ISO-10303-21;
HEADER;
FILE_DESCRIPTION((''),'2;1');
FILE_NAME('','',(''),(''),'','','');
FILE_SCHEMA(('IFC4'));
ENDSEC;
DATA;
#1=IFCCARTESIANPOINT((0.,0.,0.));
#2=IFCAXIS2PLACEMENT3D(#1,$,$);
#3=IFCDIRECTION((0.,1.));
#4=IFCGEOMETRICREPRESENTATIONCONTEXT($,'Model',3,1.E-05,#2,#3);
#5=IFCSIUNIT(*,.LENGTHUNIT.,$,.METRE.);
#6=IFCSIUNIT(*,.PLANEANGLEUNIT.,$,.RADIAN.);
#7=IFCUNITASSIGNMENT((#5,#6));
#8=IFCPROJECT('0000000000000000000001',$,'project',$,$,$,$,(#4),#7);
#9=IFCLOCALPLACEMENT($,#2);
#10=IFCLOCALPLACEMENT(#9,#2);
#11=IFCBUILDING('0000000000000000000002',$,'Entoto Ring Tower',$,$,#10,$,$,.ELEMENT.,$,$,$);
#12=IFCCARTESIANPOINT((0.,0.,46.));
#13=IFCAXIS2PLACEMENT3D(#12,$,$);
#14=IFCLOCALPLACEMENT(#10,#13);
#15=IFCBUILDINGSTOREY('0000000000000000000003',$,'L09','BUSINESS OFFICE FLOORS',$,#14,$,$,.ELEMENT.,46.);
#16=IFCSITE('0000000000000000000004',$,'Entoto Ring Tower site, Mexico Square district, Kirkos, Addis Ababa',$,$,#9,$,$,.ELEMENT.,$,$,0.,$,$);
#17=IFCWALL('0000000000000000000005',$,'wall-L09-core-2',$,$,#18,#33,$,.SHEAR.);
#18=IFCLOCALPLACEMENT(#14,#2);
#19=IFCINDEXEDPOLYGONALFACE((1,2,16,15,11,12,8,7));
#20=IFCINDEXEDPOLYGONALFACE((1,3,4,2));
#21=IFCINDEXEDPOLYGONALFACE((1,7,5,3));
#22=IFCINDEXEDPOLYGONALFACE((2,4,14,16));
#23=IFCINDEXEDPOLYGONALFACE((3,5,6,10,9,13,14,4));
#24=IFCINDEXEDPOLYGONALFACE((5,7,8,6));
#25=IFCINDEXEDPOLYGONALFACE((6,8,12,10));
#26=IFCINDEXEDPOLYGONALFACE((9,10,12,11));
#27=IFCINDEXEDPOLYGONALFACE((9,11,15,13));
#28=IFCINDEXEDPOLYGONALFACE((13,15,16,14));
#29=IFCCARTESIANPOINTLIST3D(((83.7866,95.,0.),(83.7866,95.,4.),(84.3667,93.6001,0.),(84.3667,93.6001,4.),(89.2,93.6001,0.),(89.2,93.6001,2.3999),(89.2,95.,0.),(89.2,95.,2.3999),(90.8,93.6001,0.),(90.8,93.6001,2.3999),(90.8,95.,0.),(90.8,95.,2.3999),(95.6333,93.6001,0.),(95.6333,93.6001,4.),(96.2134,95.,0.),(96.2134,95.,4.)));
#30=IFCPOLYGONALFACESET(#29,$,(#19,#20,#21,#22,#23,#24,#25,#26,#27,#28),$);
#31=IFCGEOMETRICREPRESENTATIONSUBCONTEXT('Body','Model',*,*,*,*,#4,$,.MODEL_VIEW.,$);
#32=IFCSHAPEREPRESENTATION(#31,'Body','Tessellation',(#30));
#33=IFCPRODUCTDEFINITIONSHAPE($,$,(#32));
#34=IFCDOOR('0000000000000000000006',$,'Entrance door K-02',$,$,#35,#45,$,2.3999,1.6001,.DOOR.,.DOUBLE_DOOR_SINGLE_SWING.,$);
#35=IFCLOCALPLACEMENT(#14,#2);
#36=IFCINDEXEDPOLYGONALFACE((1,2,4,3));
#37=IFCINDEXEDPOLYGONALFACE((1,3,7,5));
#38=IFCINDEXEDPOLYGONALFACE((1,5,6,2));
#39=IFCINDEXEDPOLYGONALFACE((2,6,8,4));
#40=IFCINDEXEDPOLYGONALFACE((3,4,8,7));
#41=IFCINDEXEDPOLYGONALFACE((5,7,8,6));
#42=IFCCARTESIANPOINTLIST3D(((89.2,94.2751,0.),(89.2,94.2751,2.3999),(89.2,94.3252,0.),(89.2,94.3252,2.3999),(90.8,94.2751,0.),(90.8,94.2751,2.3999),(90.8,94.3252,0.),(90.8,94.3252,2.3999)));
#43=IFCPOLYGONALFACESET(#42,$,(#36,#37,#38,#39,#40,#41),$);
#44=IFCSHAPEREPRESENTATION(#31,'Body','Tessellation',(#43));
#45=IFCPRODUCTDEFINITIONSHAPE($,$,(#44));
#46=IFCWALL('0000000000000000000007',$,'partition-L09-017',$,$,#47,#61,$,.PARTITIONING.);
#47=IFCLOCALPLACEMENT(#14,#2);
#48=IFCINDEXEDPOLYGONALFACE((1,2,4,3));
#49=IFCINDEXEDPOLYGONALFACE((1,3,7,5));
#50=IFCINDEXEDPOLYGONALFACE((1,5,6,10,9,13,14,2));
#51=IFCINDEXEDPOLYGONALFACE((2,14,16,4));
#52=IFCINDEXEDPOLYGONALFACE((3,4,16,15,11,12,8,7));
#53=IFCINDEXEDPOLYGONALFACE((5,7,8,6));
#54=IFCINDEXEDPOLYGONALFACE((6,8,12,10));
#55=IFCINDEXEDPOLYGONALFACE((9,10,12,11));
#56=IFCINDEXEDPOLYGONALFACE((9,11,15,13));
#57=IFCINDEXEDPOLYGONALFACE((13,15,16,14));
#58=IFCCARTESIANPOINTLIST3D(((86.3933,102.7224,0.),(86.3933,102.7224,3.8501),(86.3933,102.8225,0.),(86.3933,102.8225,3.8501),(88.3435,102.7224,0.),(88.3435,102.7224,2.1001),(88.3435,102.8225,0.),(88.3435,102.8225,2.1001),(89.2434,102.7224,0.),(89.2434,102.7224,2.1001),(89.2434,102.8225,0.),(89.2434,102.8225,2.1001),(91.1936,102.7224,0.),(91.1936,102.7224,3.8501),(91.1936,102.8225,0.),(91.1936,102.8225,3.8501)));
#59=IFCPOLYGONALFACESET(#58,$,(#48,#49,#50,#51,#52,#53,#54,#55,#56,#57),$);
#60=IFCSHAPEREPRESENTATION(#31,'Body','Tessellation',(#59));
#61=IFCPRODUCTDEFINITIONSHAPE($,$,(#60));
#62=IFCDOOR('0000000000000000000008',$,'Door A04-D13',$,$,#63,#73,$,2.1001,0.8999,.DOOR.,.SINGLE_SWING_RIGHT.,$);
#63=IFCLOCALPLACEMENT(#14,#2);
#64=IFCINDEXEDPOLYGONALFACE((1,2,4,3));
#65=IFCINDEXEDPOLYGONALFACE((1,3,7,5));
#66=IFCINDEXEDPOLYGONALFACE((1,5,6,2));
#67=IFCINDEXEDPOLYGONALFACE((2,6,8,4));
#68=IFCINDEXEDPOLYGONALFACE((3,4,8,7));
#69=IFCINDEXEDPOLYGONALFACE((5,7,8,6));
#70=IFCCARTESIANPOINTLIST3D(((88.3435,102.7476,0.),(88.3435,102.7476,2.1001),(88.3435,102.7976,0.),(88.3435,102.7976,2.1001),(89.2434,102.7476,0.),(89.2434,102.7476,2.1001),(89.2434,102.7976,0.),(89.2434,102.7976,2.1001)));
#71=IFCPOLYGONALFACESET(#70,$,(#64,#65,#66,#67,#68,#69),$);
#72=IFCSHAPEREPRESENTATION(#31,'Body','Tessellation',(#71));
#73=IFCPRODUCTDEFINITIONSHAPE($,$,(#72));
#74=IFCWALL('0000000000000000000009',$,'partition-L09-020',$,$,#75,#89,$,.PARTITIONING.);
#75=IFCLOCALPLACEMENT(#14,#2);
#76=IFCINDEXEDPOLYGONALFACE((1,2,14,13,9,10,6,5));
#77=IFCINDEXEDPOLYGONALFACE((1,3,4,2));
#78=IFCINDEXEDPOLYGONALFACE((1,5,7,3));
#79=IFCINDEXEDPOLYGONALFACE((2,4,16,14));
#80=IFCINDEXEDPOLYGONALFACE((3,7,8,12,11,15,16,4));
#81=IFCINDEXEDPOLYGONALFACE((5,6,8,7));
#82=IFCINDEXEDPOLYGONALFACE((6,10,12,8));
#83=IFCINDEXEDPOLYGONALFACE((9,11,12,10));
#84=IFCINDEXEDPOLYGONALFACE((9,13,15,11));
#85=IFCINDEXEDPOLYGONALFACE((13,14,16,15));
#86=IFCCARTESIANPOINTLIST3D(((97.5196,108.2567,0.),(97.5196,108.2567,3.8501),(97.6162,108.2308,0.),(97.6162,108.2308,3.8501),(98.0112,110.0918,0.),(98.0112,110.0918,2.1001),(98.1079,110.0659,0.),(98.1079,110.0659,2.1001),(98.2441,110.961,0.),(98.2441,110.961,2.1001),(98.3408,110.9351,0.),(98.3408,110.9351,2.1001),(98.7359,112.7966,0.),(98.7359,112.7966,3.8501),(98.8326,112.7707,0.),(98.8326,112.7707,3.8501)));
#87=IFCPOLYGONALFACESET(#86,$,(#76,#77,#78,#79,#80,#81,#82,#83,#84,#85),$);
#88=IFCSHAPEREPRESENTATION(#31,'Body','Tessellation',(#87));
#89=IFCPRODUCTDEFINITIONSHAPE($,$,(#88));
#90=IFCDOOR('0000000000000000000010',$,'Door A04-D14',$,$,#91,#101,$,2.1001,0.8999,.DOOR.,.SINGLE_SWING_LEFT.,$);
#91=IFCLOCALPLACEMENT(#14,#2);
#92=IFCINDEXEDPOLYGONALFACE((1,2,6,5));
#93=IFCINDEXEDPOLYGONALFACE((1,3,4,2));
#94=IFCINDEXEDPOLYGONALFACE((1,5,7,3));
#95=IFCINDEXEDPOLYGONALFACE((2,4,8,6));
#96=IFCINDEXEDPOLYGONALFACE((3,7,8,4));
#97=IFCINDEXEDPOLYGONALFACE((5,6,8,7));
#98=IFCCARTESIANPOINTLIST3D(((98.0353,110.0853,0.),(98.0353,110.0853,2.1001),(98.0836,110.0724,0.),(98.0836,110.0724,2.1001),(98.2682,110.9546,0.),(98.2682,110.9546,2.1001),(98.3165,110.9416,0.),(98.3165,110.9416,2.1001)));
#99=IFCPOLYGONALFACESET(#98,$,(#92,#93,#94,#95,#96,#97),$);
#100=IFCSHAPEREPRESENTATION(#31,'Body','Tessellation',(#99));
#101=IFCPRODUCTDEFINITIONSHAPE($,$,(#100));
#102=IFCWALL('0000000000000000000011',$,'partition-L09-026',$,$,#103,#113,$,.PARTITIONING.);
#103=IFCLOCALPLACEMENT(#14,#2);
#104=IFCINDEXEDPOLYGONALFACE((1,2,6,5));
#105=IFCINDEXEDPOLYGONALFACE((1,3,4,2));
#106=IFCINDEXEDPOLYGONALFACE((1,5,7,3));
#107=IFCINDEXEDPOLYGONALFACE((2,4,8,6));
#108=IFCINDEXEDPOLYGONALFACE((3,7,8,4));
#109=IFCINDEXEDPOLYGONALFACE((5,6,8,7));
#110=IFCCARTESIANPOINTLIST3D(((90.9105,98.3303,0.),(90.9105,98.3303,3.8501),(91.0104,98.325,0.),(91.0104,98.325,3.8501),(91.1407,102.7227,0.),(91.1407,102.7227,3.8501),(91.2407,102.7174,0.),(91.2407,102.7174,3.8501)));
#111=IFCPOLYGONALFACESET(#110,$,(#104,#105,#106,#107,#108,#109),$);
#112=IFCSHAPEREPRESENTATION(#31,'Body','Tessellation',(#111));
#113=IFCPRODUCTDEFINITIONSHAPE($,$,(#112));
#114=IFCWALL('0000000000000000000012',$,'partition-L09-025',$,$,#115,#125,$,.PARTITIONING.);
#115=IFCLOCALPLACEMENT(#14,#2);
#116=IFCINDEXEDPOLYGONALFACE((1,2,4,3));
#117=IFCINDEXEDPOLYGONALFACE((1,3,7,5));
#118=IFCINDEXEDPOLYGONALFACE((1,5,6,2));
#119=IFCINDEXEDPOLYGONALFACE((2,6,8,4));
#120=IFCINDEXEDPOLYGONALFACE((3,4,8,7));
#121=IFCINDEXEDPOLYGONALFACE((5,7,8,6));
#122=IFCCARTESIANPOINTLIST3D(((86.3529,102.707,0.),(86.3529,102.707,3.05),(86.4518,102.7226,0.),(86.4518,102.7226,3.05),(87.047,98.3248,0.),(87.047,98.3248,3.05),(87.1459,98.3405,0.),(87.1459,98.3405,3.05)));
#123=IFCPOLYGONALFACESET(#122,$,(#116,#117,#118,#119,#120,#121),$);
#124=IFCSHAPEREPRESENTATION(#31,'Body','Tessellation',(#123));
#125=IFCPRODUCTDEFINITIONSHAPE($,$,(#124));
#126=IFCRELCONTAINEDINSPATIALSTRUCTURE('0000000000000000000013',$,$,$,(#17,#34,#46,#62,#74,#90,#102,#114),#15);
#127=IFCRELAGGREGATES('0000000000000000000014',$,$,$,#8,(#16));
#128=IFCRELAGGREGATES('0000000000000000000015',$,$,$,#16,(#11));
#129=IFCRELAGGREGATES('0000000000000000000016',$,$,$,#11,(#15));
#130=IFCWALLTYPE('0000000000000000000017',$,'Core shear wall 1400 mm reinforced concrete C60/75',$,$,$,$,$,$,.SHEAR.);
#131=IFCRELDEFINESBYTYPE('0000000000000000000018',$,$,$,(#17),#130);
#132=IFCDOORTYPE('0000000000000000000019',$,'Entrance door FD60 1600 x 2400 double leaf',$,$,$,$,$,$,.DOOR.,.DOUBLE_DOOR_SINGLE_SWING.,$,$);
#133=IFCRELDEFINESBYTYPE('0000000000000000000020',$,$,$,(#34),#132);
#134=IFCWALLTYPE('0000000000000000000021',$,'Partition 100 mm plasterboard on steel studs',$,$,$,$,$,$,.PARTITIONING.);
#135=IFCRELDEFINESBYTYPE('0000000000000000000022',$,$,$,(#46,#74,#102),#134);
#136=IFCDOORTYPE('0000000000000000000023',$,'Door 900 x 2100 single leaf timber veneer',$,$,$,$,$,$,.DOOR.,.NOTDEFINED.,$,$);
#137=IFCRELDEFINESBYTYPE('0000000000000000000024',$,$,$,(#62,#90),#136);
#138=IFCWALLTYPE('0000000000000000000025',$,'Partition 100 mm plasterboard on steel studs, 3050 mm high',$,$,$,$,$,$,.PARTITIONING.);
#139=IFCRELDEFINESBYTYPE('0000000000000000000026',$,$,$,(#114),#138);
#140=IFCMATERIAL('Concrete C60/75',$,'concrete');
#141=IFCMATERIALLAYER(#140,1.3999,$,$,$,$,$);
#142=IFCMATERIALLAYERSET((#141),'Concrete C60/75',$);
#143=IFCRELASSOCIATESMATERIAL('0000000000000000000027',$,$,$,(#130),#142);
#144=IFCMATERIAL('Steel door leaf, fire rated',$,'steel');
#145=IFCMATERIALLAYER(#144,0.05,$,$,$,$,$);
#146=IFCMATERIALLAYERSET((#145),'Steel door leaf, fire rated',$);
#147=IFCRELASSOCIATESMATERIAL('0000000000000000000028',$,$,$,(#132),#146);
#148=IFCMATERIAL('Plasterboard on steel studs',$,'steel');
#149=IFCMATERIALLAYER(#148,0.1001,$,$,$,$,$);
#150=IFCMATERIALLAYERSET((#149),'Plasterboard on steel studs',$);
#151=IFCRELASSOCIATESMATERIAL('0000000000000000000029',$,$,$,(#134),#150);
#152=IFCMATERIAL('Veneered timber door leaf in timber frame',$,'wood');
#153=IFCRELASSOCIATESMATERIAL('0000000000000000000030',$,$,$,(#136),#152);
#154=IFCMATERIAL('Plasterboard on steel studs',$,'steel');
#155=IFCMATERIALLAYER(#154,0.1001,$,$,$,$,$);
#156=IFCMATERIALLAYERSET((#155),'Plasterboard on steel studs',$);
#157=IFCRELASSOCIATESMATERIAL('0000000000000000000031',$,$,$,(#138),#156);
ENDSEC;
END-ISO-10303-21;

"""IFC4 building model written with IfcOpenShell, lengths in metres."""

from ifc_helpers import new_model, si_unit, direction, frame, frame_2d, origin, place, context, subcontext, project, spatial, polyline, rectangle, outline, extrude, material, layer, layer_set, type_object, element, fill, save


model = new_model("IFC4")

# Units and contexts
model_context = context("Model", 3, precision=1e-05, world=origin(), true_north=direction((0.0, 1.0)))
body_context = subcontext(model_context, "Body", "Model", "MODEL_VIEW")
ifc_project = project(units=[si_unit("LENGTHUNIT", "METRE"), si_unit("PLANEANGLEUNIT", "RADIAN")], contexts=[model_context])

# Site, building, storey
site_placement = place(None, origin())
site = spatial("IfcSite", under=ifc_project, at=site_placement, Name="Entoto Ring Tower site, Mexico Square district, Kirkos, Addis Ababa", CompositionType="ELEMENT", RefElevation=0.0)
building_placement = place(site_placement, origin())
building = spatial("IfcBuilding", under=site, at=building_placement, Name="Entoto Ring Tower", CompositionType="ELEMENT")
storey_placement = place(building_placement, frame((0.0, 0.0, 46.0)))
storey = spatial("IfcBuildingStorey", under=building, at=storey_placement, Name="L09", Description="BUSINESS OFFICE FLOORS", CompositionType="ELEMENT", Elevation=46.0)

# Walls, openings, doors
ifc_material_1 = material(Name="Concrete C60/75", Category="concrete")
ifc_layer_1 = layer(ifc_material_1, 1.3999)
ifc_layer_set_1 = layer_set([ifc_layer_1], Name="Concrete C60/75")
wall_type_1 = type_object("IfcWallType", Name="Core shear wall 1400 mm reinforced concrete C60/75", PredefinedType="SHEAR", material=ifc_layer_set_1)
wall_1_placement = place(storey_placement, frame((95.9233, 94.3, 0.0), z_axis=(0.0, 0.0, 1.0), x_axis=(-1.0, 0.0, 0.0)))
wall_1 = element("IfcWall", 1, at=wall_1_placement, inside=storey, type_object=wall_type_1, Name="wall-L09-core-2", PredefinedType="SHEAR", context=body_context, shape_type="SweptSolid", body=[
    extrude(outline(polyline([(-0.29, -0.7), (12.1367, -0.7), (11.5566, 0.7), (0.29, 0.7), (-0.29, -0.7)])), origin(), (0.0, 0.0, 1.0), 4.0),
])
opening_1_placement = place(wall_1_placement, frame((5.1233, 0.0, 0.0)))
opening_1 = element("IfcOpeningElement", 2, at=opening_1_placement, cuts=wall_1, PredefinedType="OPENING", context=body_context, shape_type="SweptSolid", body=[
    extrude(rectangle(XDim=1.6001, YDim=2.3999, at=frame_2d((0.8, 1.2))), frame((0.0, 0.71, 0.0), z_axis=(0.0, -1.0, 0.0), x_axis=(1.0, 0.0, 0.0)), (0.0, 0.0, 1.0), 1.4199),
])
ifc_material_2 = material(Name="Steel door leaf, fire rated", Category="steel")
ifc_layer_2 = layer(ifc_material_2, 0.05)
ifc_layer_set_2 = layer_set([ifc_layer_2], Name="Steel door leaf, fire rated")
door_type_1 = type_object("IfcDoorType", Name="Entrance door FD60 1600 x 2400 double leaf", OperationType="DOUBLE_DOOR_SINGLE_SWING", PredefinedType="DOOR", material=ifc_layer_set_2)
door_1_placement = place(opening_1_placement, origin())
door_1 = element("IfcDoor", 3, at=door_1_placement, inside=storey, type_object=door_type_1, Name="Entrance door K-02", OperationType="DOUBLE_DOOR_SINGLE_SWING", OverallHeight=2.3999, OverallWidth=1.6001, PredefinedType="DOOR", context=body_context, shape_type="SweptSolid", body=[
    extrude(rectangle(XDim=1.6001, YDim=2.3999, at=frame_2d((0.8, 1.2))), frame((0.0, 0.0249, 0.0), z_axis=(0.0, -1.0, 0.0), x_axis=(1.0, 0.0, 0.0)), (0.0, 0.0, 1.0), 0.05),
])
fill(opening_1, door_1)
ifc_material_3 = material(Name="Plasterboard on steel studs", Category="steel")
ifc_layer_3 = layer(ifc_material_3, 0.1001)
ifc_layer_set_3 = layer_set([ifc_layer_3], Name="Plasterboard on steel studs")
wall_type_2 = type_object("IfcWallType", Name="Partition 100 mm plasterboard on steel studs", PredefinedType="PARTITIONING", material=ifc_layer_set_3)
wall_2_placement = place(storey_placement, frame((86.3933, 102.7725, 0.0), z_axis=(0.0, 0.0, 1.0), x_axis=(1.0, 0.0, 0.0)))
wall_2 = element("IfcWall", 4, at=wall_2_placement, inside=storey, type_object=wall_type_2, Name="partition-L09-017", PredefinedType="PARTITIONING", context=body_context, shape_type="SweptSolid", body=[
    extrude(rectangle(XDim=4.8003, YDim=0.1001, at=frame_2d((2.4001, 0.0))), origin(), (0.0, 0.0, 1.0), 3.8501),
])
opening_2_placement = place(wall_2_placement, frame((1.9502, 0.0, 0.0)))
opening_2 = element("IfcOpeningElement", 5, at=opening_2_placement, cuts=wall_2, PredefinedType="OPENING", context=body_context, shape_type="SweptSolid", body=[
    extrude(rectangle(XDim=0.8999, YDim=2.1001, at=frame_2d((0.45, 1.05))), frame((0.0, 0.0601, 0.0), z_axis=(0.0, -1.0, 0.0), x_axis=(1.0, 0.0, 0.0)), (0.0, 0.0, 1.0), 0.1201),
])
ifc_material_4 = material(Name="Veneered timber door leaf in timber frame", Category="wood")
door_type_2 = type_object("IfcDoorType", Name="Door 900 x 2100 single leaf timber veneer", OperationType="NOTDEFINED", PredefinedType="DOOR", material=ifc_material_4)
door_2_placement = place(opening_2_placement, frame((0.8999, 0.0, 0.0), z_axis=(0.0, 0.0, 1.0), x_axis=(-1.0, 0.0, 0.0)))
door_2 = element("IfcDoor", 6, at=door_2_placement, inside=storey, type_object=door_type_2, Name="Door A04-D13", OperationType="SINGLE_SWING_RIGHT", OverallHeight=2.1001, OverallWidth=0.8999, PredefinedType="DOOR", context=body_context, shape_type="SweptSolid", body=[
    extrude(rectangle(XDim=0.8999, YDim=2.1001, at=frame_2d((0.45, 1.05))), frame((0.0, 0.0249, 0.0), z_axis=(0.0, -1.0, 0.0), x_axis=(1.0, 0.0, 0.0)), (0.0, 0.0, 1.0), 0.05),
])
fill(opening_2, door_2)
wall_3_placement = place(storey_placement, frame((97.5679, 108.2437, 0.0), z_axis=(0.0, 0.0, 1.0), x_axis=(0.258794, 0.965933, 0.0)))
wall_3 = element("IfcWall", 7, at=wall_3_placement, inside=storey, type_object=wall_type_2, Name="partition-L09-020", PredefinedType="PARTITIONING", context=body_context, shape_type="SweptSolid", body=[
    extrude(rectangle(XDim=4.7, YDim=0.1001, at=frame_2d((2.3501, 0.0))), origin(), (0.0, 0.0, 1.0), 3.8501),
])
opening_3_placement = place(wall_3_placement, frame((1.8999, 0.0, 0.0)))
opening_3 = element("IfcOpeningElement", 8, at=opening_3_placement, cuts=wall_3, PredefinedType="OPENING", context=body_context, shape_type="SweptSolid", body=[
    extrude(rectangle(XDim=0.8999, YDim=2.1001, at=frame_2d((0.45, 1.05))), frame((0.0, 0.0601, 0.0), z_axis=(0.0, -1.0, 0.0), x_axis=(1.0, 0.0, 0.0)), (0.0, 0.0, 1.0), 0.1201),
])
door_3_placement = place(opening_3_placement, frame((0.8999, 0.0, 0.0), z_axis=(0.0, 0.0, 1.0), x_axis=(-1.0, 0.0, 0.0)))
door_3 = element("IfcDoor", 9, at=door_3_placement, inside=storey, type_object=door_type_2, Name="Door A04-D14", OperationType="SINGLE_SWING_LEFT", OverallHeight=2.1001, OverallWidth=0.8999, PredefinedType="DOOR", context=body_context, shape_type="SweptSolid", body=[
    extrude(rectangle(XDim=0.8999, YDim=2.1001, at=frame_2d((0.45, 1.05))), frame((0.0, 0.0249, 0.0), z_axis=(0.0, -1.0, 0.0), x_axis=(1.0, 0.0, 0.0)), (0.0, 0.0, 1.0), 0.05),
])
fill(opening_3, door_3)

# Walls
wall_4_placement = place(storey_placement, frame((90.9604, 98.3276, 0.0), z_axis=(0.0, 0.0, 1.0), x_axis=(0.052343, 0.998629, 0.0)))
element("IfcWall", 10, at=wall_4_placement, inside=storey, type_object=wall_type_2, Name="partition-L09-026", PredefinedType="PARTITIONING", context=body_context, shape_type="SweptSolid", body=[
    extrude(rectangle(XDim=4.3984, YDim=0.1001, at=frame_2d((2.1992, 0.0))), origin(), (0.0, 0.0, 1.0), 3.8501),
])
ifc_material_5 = material(Name="Plasterboard on steel studs", Category="steel")
ifc_layer_4 = layer(ifc_material_5, 0.1001)
ifc_layer_set_4 = layer_set([ifc_layer_4], Name="Plasterboard on steel studs")
wall_type_3 = type_object("IfcWallType", Name="Partition 100 mm plasterboard on steel studs, 3050 mm high", PredefinedType="PARTITIONING", material=ifc_layer_set_4)
wall_5_placement = place(storey_placement, frame((87.0964, 98.3328, 0.0), z_axis=(0.0, 0.0, 1.0), x_axis=(-0.156443, 0.987687, 0.0)))
element("IfcWall", 11, at=wall_5_placement, inside=storey, type_object=wall_type_3, Name="partition-L09-025", PredefinedType="PARTITIONING", context=body_context, shape_type="SweptSolid", body=[
    extrude(rectangle(XDim=4.4368, YDim=0.1001, at=frame_2d((2.2183, 0.0))), origin(), (0.0, 0.0, 1.0), 3.05),
])

save(model, "model.ifc")
